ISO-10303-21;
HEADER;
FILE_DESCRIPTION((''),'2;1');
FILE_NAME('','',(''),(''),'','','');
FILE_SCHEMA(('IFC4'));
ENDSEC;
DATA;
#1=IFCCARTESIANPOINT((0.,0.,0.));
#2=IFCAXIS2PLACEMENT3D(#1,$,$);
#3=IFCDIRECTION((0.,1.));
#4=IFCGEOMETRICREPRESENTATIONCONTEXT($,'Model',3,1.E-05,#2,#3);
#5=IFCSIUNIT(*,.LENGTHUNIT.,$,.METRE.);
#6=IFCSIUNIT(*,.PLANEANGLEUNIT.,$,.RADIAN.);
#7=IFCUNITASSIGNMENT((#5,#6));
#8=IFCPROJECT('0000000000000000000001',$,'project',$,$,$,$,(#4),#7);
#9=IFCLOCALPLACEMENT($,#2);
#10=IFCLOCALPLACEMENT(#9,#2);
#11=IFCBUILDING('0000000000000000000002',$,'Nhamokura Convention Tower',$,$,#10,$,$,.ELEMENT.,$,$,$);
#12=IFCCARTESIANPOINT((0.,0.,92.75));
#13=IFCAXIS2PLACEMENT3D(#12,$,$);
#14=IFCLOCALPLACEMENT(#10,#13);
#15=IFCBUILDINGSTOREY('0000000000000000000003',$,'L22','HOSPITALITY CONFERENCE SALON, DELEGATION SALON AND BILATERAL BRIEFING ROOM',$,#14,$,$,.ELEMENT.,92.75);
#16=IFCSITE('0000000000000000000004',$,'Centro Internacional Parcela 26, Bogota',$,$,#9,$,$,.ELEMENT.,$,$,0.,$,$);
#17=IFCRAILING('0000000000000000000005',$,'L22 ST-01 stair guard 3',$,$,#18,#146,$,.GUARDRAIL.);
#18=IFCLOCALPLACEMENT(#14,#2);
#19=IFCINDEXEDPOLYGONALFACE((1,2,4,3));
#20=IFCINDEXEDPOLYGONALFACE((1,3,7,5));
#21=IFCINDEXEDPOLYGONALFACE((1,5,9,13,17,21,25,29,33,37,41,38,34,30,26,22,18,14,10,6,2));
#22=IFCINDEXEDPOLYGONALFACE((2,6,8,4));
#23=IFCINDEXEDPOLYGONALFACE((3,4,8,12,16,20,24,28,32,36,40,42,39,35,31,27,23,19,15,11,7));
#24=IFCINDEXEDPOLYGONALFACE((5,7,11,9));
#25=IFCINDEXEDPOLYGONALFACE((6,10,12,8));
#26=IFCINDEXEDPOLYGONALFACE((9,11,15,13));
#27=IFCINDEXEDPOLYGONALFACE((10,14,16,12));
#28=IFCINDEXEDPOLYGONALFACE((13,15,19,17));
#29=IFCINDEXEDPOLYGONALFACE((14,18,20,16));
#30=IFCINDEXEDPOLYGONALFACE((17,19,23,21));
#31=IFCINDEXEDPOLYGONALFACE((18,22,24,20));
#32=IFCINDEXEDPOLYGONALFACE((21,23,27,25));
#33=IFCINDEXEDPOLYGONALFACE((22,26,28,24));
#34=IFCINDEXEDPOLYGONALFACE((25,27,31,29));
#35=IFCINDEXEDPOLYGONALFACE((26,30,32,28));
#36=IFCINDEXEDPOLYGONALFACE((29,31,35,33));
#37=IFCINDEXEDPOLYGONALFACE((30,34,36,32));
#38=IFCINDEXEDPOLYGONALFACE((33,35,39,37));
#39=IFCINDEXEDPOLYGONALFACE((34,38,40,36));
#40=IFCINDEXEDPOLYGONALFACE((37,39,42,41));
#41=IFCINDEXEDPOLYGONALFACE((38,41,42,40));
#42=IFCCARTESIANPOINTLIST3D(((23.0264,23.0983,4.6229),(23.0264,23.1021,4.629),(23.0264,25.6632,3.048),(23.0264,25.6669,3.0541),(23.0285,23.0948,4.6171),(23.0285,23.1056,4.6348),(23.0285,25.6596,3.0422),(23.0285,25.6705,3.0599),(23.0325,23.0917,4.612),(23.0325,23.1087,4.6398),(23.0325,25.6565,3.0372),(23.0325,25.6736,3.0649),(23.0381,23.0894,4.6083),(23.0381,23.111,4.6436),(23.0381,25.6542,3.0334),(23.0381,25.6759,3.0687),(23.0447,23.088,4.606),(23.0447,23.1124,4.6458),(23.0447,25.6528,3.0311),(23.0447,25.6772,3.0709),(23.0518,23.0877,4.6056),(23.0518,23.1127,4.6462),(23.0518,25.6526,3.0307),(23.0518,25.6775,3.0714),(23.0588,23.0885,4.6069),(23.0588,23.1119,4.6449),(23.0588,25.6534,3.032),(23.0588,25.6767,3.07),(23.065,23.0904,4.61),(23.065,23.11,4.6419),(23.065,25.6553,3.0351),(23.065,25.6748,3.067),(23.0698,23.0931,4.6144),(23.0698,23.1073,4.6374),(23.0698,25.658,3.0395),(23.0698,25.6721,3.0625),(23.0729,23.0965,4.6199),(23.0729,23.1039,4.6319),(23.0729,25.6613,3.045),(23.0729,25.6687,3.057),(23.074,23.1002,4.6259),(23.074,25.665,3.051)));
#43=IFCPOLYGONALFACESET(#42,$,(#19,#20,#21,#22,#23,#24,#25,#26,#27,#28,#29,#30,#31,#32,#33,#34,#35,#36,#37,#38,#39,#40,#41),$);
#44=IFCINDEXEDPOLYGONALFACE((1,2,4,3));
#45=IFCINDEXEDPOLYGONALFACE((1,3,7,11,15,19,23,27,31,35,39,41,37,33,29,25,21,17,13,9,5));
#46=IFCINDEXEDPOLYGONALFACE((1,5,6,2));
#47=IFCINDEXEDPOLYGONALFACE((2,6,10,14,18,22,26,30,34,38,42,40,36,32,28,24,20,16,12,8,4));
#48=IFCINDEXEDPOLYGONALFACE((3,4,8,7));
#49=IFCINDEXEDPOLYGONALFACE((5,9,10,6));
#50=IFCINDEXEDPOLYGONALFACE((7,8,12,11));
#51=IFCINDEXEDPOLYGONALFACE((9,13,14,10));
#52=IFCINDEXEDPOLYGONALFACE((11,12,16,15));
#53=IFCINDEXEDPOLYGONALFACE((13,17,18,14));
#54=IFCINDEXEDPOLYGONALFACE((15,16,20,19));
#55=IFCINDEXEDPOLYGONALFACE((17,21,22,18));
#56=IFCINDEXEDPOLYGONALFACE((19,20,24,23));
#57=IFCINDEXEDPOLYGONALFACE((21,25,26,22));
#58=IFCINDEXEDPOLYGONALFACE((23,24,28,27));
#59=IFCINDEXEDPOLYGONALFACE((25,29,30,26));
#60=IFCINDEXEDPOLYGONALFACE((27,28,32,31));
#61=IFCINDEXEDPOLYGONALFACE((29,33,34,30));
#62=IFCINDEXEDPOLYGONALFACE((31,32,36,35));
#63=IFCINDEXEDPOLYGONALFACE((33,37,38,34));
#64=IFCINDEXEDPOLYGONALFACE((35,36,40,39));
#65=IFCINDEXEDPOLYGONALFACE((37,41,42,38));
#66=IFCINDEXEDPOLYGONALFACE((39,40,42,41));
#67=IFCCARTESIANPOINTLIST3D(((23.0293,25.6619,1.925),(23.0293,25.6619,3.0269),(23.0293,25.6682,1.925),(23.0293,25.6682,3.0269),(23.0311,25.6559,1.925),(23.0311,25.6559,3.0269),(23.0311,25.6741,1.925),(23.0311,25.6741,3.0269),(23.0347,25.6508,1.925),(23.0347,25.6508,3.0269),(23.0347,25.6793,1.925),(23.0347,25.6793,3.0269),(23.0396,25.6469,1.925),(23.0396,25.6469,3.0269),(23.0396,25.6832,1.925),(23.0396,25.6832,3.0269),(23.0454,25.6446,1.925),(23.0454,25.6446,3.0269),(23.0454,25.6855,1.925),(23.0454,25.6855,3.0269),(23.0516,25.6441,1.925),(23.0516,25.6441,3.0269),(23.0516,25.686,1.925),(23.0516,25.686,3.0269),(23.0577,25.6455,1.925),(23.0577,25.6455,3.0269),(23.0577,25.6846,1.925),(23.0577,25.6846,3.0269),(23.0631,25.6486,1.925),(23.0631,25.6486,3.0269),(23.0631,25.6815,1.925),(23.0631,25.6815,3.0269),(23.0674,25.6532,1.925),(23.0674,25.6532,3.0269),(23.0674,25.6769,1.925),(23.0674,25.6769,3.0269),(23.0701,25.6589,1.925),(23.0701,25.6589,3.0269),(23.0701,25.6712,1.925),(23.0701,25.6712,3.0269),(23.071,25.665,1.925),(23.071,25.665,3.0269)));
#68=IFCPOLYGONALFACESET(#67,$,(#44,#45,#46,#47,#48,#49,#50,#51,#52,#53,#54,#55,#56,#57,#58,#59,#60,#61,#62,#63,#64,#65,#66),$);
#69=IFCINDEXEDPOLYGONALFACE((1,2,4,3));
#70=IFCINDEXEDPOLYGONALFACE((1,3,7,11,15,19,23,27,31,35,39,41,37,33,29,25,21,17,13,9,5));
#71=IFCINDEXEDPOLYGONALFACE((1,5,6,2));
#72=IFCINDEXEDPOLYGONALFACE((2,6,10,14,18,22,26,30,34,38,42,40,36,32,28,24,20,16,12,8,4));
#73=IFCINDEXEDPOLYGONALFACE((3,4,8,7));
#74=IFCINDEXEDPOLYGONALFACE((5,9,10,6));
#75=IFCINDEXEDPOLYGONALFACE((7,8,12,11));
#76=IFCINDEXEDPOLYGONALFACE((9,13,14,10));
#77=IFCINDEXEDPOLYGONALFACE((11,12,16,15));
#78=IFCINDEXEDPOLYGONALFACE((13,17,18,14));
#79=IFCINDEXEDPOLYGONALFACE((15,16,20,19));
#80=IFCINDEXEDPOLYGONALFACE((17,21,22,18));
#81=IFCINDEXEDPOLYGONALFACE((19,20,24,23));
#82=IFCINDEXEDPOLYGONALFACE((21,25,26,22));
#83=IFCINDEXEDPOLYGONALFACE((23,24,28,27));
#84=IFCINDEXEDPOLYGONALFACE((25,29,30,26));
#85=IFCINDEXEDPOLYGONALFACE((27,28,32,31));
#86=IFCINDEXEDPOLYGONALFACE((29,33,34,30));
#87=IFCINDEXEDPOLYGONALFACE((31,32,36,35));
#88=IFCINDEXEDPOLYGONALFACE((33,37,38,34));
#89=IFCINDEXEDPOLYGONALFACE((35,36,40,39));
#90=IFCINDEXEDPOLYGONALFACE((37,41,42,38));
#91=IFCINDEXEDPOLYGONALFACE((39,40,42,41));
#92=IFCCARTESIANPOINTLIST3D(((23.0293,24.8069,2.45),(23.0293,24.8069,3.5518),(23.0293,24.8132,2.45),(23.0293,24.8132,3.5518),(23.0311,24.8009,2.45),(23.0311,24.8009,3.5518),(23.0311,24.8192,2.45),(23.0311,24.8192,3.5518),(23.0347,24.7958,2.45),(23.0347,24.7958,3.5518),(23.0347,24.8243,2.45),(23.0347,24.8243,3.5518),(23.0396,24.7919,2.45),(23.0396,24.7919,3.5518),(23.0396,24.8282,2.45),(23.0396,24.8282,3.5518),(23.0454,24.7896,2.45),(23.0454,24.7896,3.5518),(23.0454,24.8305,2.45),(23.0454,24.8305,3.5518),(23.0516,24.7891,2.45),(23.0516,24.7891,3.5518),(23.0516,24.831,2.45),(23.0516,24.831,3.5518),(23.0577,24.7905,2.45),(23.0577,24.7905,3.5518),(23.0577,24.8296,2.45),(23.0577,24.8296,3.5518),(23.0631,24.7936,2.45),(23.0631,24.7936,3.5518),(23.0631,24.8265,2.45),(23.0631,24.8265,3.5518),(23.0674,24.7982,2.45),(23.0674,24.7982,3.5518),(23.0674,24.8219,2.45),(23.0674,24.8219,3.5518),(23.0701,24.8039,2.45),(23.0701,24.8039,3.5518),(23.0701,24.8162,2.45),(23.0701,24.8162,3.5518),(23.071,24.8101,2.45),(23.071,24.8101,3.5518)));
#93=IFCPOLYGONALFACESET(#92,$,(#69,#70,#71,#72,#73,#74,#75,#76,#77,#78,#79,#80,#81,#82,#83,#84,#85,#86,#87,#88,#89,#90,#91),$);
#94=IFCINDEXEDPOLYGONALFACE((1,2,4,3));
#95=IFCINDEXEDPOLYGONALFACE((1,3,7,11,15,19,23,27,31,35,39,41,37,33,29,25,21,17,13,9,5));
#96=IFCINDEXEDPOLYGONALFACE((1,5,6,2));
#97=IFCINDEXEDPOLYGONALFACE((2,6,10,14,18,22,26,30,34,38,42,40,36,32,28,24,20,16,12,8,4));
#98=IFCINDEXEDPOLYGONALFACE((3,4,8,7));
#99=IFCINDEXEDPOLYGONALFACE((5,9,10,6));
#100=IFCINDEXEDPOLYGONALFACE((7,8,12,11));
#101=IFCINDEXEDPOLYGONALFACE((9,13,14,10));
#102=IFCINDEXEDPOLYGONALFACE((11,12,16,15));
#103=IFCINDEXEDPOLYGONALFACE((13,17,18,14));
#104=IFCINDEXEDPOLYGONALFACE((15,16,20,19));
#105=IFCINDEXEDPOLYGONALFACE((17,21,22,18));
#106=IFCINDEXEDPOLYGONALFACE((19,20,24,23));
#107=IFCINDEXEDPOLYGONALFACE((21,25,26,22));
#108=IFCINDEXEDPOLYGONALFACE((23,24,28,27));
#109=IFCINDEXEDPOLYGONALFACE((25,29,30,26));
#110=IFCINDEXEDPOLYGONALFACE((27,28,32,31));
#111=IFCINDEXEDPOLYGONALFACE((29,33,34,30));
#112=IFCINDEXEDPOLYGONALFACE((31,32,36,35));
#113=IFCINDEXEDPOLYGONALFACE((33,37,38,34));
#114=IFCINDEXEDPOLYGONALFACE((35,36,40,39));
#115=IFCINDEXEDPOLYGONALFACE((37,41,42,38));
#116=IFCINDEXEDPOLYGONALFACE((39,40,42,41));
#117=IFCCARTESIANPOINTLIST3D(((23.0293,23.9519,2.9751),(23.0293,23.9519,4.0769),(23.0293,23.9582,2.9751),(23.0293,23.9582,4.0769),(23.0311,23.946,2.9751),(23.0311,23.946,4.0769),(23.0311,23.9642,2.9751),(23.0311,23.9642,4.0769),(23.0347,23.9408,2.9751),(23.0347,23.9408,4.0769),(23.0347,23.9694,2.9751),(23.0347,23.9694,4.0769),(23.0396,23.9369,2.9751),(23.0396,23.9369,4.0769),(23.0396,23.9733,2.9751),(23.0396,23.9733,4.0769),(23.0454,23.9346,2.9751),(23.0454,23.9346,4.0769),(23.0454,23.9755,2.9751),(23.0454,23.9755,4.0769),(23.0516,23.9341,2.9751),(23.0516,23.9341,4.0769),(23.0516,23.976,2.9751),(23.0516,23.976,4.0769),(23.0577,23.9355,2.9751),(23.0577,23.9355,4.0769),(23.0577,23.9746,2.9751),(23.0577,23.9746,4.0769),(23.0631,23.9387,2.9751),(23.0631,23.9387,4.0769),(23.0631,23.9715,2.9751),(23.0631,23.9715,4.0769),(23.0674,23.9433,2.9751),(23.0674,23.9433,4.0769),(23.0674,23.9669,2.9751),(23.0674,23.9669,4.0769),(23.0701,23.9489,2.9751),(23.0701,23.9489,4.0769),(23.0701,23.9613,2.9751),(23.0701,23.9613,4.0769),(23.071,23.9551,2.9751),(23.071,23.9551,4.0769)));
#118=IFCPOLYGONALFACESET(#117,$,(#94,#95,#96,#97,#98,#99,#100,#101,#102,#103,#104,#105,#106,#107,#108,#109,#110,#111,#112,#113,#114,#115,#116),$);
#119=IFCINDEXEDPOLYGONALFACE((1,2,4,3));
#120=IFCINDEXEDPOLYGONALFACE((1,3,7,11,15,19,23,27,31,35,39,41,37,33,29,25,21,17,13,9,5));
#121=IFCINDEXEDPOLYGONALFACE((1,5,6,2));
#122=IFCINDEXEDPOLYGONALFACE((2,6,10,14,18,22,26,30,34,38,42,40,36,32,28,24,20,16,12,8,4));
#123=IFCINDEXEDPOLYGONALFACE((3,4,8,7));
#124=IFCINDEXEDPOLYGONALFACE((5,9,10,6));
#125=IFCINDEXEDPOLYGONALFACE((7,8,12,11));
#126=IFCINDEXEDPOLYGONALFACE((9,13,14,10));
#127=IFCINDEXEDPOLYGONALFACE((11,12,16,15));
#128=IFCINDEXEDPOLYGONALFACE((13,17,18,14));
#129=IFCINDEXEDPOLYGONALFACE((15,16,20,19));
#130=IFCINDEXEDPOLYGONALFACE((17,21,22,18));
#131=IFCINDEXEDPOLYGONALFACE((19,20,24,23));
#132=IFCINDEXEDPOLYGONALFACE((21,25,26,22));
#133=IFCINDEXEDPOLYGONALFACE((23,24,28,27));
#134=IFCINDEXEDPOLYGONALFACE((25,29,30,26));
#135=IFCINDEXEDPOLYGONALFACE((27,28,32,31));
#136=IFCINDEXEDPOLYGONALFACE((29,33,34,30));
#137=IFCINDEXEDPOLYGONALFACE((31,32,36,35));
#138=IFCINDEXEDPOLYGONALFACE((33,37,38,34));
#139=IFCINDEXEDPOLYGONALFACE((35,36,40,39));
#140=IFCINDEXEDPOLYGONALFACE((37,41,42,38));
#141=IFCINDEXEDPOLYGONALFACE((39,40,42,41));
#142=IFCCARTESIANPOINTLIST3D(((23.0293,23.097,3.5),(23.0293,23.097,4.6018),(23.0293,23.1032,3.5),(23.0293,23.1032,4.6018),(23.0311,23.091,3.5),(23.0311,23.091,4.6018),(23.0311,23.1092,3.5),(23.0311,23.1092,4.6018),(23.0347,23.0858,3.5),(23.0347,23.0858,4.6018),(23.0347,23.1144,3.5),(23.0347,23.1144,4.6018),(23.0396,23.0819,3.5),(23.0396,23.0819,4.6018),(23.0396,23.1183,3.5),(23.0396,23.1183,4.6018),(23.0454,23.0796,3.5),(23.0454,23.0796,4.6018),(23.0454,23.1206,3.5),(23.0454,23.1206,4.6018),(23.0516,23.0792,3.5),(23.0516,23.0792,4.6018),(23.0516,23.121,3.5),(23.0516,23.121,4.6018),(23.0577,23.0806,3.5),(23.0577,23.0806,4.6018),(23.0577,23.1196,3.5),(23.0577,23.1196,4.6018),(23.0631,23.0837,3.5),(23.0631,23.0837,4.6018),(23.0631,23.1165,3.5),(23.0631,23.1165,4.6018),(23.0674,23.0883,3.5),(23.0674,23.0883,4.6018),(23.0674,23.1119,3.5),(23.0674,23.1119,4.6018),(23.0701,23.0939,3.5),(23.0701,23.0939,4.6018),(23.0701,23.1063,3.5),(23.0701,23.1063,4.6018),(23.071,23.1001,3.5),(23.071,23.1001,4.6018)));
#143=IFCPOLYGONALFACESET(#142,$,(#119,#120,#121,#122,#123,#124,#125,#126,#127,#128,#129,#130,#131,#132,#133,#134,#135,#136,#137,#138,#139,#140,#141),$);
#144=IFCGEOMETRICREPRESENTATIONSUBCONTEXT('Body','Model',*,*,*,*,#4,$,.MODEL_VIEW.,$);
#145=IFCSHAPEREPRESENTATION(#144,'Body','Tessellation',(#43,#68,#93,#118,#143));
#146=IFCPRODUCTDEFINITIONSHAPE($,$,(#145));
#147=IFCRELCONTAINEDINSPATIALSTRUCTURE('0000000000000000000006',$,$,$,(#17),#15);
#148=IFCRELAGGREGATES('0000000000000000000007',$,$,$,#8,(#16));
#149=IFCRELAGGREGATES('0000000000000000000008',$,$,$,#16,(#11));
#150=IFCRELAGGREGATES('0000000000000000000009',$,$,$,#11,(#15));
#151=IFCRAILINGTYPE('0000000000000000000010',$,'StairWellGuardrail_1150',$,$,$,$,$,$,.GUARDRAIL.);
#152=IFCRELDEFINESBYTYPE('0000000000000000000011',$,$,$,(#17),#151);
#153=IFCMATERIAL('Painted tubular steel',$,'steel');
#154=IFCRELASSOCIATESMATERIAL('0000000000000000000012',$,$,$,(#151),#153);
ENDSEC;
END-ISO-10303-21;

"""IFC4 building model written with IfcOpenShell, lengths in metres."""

from ifc_helpers import new_model, si_unit, direction, frame, origin, origin_2d, place, context, subcontext, project, spatial, circle, extrude, material, type_object, element, save


model = new_model("IFC4")

# Units and contexts
model_context = context("Model", 3, precision=1e-05, world=origin(), true_north=direction((0.0, 1.0)))
body_context = subcontext(model_context, "Body", "Model", "MODEL_VIEW")
ifc_project = project(units=[si_unit("LENGTHUNIT", "METRE"), si_unit("PLANEANGLEUNIT", "RADIAN")], contexts=[model_context])

# Site, building, storey
site_placement = place(None, origin())
site = spatial("IfcSite", under=ifc_project, at=site_placement, Name="Centro Internacional Parcela 26, Bogota", CompositionType="ELEMENT", RefElevation=0.0)
building_placement = place(site_placement, origin())
building = spatial("IfcBuilding", under=site, at=building_placement, Name="Nhamokura Convention Tower", CompositionType="ELEMENT")
storey_placement = place(building_placement, frame((0.0, 0.0, 92.75)))
storey = spatial("IfcBuildingStorey", under=building, at=storey_placement, Name="L22", Description="HOSPITALITY CONFERENCE SALON, DELEGATION SALON AND BILATERAL BRIEFING ROOM", CompositionType="ELEMENT", Elevation=92.75)

# Railing
ifc_material_1 = material(Name="Painted tubular steel", Category="steel")
railing_type_1 = type_object("IfcRailingType", Name="StairWellGuardrail_1150", PredefinedType="GUARDRAIL", material=ifc_material_1)
railing_1_placement = place(storey_placement, frame((23.05, 25.665, 1.925)))
element("IfcRailing", 1, at=railing_1_placement, inside=storey, type_object=railing_type_1, Name="L22 ST-01 stair guard 3", PredefinedType="GUARDRAIL", context=body_context, shape_type="SweptSolid", body=[
    extrude(circle(Radius=0.0239, at=origin_2d()), frame((0.0, 0.0, 1.126), z_axis=(0.0, -0.852173, 0.52326), x_axis=(1.0, 0.0, 0.0)), (0.0, 0.0, 1.0), 3.0098),
    extrude(circle(Radius=0.021, at=origin_2d()), origin(), (0.0, 0.0, 1.0), 1.1018),
    extrude(circle(Radius=0.021, at=origin_2d()), frame((0.0, -0.855, 0.5249)), (0.0, 0.0, 1.0), 1.1018),
    extrude(circle(Radius=0.021, at=origin_2d()), frame((0.0, -1.71, 1.05)), (0.0, 0.0, 1.0), 1.1018),
    extrude(circle(Radius=0.021, at=origin_2d()), frame((0.0, -2.5649, 1.575)), (0.0, 0.0, 1.0), 1.1018),
])

save(model, "model.ifc")
